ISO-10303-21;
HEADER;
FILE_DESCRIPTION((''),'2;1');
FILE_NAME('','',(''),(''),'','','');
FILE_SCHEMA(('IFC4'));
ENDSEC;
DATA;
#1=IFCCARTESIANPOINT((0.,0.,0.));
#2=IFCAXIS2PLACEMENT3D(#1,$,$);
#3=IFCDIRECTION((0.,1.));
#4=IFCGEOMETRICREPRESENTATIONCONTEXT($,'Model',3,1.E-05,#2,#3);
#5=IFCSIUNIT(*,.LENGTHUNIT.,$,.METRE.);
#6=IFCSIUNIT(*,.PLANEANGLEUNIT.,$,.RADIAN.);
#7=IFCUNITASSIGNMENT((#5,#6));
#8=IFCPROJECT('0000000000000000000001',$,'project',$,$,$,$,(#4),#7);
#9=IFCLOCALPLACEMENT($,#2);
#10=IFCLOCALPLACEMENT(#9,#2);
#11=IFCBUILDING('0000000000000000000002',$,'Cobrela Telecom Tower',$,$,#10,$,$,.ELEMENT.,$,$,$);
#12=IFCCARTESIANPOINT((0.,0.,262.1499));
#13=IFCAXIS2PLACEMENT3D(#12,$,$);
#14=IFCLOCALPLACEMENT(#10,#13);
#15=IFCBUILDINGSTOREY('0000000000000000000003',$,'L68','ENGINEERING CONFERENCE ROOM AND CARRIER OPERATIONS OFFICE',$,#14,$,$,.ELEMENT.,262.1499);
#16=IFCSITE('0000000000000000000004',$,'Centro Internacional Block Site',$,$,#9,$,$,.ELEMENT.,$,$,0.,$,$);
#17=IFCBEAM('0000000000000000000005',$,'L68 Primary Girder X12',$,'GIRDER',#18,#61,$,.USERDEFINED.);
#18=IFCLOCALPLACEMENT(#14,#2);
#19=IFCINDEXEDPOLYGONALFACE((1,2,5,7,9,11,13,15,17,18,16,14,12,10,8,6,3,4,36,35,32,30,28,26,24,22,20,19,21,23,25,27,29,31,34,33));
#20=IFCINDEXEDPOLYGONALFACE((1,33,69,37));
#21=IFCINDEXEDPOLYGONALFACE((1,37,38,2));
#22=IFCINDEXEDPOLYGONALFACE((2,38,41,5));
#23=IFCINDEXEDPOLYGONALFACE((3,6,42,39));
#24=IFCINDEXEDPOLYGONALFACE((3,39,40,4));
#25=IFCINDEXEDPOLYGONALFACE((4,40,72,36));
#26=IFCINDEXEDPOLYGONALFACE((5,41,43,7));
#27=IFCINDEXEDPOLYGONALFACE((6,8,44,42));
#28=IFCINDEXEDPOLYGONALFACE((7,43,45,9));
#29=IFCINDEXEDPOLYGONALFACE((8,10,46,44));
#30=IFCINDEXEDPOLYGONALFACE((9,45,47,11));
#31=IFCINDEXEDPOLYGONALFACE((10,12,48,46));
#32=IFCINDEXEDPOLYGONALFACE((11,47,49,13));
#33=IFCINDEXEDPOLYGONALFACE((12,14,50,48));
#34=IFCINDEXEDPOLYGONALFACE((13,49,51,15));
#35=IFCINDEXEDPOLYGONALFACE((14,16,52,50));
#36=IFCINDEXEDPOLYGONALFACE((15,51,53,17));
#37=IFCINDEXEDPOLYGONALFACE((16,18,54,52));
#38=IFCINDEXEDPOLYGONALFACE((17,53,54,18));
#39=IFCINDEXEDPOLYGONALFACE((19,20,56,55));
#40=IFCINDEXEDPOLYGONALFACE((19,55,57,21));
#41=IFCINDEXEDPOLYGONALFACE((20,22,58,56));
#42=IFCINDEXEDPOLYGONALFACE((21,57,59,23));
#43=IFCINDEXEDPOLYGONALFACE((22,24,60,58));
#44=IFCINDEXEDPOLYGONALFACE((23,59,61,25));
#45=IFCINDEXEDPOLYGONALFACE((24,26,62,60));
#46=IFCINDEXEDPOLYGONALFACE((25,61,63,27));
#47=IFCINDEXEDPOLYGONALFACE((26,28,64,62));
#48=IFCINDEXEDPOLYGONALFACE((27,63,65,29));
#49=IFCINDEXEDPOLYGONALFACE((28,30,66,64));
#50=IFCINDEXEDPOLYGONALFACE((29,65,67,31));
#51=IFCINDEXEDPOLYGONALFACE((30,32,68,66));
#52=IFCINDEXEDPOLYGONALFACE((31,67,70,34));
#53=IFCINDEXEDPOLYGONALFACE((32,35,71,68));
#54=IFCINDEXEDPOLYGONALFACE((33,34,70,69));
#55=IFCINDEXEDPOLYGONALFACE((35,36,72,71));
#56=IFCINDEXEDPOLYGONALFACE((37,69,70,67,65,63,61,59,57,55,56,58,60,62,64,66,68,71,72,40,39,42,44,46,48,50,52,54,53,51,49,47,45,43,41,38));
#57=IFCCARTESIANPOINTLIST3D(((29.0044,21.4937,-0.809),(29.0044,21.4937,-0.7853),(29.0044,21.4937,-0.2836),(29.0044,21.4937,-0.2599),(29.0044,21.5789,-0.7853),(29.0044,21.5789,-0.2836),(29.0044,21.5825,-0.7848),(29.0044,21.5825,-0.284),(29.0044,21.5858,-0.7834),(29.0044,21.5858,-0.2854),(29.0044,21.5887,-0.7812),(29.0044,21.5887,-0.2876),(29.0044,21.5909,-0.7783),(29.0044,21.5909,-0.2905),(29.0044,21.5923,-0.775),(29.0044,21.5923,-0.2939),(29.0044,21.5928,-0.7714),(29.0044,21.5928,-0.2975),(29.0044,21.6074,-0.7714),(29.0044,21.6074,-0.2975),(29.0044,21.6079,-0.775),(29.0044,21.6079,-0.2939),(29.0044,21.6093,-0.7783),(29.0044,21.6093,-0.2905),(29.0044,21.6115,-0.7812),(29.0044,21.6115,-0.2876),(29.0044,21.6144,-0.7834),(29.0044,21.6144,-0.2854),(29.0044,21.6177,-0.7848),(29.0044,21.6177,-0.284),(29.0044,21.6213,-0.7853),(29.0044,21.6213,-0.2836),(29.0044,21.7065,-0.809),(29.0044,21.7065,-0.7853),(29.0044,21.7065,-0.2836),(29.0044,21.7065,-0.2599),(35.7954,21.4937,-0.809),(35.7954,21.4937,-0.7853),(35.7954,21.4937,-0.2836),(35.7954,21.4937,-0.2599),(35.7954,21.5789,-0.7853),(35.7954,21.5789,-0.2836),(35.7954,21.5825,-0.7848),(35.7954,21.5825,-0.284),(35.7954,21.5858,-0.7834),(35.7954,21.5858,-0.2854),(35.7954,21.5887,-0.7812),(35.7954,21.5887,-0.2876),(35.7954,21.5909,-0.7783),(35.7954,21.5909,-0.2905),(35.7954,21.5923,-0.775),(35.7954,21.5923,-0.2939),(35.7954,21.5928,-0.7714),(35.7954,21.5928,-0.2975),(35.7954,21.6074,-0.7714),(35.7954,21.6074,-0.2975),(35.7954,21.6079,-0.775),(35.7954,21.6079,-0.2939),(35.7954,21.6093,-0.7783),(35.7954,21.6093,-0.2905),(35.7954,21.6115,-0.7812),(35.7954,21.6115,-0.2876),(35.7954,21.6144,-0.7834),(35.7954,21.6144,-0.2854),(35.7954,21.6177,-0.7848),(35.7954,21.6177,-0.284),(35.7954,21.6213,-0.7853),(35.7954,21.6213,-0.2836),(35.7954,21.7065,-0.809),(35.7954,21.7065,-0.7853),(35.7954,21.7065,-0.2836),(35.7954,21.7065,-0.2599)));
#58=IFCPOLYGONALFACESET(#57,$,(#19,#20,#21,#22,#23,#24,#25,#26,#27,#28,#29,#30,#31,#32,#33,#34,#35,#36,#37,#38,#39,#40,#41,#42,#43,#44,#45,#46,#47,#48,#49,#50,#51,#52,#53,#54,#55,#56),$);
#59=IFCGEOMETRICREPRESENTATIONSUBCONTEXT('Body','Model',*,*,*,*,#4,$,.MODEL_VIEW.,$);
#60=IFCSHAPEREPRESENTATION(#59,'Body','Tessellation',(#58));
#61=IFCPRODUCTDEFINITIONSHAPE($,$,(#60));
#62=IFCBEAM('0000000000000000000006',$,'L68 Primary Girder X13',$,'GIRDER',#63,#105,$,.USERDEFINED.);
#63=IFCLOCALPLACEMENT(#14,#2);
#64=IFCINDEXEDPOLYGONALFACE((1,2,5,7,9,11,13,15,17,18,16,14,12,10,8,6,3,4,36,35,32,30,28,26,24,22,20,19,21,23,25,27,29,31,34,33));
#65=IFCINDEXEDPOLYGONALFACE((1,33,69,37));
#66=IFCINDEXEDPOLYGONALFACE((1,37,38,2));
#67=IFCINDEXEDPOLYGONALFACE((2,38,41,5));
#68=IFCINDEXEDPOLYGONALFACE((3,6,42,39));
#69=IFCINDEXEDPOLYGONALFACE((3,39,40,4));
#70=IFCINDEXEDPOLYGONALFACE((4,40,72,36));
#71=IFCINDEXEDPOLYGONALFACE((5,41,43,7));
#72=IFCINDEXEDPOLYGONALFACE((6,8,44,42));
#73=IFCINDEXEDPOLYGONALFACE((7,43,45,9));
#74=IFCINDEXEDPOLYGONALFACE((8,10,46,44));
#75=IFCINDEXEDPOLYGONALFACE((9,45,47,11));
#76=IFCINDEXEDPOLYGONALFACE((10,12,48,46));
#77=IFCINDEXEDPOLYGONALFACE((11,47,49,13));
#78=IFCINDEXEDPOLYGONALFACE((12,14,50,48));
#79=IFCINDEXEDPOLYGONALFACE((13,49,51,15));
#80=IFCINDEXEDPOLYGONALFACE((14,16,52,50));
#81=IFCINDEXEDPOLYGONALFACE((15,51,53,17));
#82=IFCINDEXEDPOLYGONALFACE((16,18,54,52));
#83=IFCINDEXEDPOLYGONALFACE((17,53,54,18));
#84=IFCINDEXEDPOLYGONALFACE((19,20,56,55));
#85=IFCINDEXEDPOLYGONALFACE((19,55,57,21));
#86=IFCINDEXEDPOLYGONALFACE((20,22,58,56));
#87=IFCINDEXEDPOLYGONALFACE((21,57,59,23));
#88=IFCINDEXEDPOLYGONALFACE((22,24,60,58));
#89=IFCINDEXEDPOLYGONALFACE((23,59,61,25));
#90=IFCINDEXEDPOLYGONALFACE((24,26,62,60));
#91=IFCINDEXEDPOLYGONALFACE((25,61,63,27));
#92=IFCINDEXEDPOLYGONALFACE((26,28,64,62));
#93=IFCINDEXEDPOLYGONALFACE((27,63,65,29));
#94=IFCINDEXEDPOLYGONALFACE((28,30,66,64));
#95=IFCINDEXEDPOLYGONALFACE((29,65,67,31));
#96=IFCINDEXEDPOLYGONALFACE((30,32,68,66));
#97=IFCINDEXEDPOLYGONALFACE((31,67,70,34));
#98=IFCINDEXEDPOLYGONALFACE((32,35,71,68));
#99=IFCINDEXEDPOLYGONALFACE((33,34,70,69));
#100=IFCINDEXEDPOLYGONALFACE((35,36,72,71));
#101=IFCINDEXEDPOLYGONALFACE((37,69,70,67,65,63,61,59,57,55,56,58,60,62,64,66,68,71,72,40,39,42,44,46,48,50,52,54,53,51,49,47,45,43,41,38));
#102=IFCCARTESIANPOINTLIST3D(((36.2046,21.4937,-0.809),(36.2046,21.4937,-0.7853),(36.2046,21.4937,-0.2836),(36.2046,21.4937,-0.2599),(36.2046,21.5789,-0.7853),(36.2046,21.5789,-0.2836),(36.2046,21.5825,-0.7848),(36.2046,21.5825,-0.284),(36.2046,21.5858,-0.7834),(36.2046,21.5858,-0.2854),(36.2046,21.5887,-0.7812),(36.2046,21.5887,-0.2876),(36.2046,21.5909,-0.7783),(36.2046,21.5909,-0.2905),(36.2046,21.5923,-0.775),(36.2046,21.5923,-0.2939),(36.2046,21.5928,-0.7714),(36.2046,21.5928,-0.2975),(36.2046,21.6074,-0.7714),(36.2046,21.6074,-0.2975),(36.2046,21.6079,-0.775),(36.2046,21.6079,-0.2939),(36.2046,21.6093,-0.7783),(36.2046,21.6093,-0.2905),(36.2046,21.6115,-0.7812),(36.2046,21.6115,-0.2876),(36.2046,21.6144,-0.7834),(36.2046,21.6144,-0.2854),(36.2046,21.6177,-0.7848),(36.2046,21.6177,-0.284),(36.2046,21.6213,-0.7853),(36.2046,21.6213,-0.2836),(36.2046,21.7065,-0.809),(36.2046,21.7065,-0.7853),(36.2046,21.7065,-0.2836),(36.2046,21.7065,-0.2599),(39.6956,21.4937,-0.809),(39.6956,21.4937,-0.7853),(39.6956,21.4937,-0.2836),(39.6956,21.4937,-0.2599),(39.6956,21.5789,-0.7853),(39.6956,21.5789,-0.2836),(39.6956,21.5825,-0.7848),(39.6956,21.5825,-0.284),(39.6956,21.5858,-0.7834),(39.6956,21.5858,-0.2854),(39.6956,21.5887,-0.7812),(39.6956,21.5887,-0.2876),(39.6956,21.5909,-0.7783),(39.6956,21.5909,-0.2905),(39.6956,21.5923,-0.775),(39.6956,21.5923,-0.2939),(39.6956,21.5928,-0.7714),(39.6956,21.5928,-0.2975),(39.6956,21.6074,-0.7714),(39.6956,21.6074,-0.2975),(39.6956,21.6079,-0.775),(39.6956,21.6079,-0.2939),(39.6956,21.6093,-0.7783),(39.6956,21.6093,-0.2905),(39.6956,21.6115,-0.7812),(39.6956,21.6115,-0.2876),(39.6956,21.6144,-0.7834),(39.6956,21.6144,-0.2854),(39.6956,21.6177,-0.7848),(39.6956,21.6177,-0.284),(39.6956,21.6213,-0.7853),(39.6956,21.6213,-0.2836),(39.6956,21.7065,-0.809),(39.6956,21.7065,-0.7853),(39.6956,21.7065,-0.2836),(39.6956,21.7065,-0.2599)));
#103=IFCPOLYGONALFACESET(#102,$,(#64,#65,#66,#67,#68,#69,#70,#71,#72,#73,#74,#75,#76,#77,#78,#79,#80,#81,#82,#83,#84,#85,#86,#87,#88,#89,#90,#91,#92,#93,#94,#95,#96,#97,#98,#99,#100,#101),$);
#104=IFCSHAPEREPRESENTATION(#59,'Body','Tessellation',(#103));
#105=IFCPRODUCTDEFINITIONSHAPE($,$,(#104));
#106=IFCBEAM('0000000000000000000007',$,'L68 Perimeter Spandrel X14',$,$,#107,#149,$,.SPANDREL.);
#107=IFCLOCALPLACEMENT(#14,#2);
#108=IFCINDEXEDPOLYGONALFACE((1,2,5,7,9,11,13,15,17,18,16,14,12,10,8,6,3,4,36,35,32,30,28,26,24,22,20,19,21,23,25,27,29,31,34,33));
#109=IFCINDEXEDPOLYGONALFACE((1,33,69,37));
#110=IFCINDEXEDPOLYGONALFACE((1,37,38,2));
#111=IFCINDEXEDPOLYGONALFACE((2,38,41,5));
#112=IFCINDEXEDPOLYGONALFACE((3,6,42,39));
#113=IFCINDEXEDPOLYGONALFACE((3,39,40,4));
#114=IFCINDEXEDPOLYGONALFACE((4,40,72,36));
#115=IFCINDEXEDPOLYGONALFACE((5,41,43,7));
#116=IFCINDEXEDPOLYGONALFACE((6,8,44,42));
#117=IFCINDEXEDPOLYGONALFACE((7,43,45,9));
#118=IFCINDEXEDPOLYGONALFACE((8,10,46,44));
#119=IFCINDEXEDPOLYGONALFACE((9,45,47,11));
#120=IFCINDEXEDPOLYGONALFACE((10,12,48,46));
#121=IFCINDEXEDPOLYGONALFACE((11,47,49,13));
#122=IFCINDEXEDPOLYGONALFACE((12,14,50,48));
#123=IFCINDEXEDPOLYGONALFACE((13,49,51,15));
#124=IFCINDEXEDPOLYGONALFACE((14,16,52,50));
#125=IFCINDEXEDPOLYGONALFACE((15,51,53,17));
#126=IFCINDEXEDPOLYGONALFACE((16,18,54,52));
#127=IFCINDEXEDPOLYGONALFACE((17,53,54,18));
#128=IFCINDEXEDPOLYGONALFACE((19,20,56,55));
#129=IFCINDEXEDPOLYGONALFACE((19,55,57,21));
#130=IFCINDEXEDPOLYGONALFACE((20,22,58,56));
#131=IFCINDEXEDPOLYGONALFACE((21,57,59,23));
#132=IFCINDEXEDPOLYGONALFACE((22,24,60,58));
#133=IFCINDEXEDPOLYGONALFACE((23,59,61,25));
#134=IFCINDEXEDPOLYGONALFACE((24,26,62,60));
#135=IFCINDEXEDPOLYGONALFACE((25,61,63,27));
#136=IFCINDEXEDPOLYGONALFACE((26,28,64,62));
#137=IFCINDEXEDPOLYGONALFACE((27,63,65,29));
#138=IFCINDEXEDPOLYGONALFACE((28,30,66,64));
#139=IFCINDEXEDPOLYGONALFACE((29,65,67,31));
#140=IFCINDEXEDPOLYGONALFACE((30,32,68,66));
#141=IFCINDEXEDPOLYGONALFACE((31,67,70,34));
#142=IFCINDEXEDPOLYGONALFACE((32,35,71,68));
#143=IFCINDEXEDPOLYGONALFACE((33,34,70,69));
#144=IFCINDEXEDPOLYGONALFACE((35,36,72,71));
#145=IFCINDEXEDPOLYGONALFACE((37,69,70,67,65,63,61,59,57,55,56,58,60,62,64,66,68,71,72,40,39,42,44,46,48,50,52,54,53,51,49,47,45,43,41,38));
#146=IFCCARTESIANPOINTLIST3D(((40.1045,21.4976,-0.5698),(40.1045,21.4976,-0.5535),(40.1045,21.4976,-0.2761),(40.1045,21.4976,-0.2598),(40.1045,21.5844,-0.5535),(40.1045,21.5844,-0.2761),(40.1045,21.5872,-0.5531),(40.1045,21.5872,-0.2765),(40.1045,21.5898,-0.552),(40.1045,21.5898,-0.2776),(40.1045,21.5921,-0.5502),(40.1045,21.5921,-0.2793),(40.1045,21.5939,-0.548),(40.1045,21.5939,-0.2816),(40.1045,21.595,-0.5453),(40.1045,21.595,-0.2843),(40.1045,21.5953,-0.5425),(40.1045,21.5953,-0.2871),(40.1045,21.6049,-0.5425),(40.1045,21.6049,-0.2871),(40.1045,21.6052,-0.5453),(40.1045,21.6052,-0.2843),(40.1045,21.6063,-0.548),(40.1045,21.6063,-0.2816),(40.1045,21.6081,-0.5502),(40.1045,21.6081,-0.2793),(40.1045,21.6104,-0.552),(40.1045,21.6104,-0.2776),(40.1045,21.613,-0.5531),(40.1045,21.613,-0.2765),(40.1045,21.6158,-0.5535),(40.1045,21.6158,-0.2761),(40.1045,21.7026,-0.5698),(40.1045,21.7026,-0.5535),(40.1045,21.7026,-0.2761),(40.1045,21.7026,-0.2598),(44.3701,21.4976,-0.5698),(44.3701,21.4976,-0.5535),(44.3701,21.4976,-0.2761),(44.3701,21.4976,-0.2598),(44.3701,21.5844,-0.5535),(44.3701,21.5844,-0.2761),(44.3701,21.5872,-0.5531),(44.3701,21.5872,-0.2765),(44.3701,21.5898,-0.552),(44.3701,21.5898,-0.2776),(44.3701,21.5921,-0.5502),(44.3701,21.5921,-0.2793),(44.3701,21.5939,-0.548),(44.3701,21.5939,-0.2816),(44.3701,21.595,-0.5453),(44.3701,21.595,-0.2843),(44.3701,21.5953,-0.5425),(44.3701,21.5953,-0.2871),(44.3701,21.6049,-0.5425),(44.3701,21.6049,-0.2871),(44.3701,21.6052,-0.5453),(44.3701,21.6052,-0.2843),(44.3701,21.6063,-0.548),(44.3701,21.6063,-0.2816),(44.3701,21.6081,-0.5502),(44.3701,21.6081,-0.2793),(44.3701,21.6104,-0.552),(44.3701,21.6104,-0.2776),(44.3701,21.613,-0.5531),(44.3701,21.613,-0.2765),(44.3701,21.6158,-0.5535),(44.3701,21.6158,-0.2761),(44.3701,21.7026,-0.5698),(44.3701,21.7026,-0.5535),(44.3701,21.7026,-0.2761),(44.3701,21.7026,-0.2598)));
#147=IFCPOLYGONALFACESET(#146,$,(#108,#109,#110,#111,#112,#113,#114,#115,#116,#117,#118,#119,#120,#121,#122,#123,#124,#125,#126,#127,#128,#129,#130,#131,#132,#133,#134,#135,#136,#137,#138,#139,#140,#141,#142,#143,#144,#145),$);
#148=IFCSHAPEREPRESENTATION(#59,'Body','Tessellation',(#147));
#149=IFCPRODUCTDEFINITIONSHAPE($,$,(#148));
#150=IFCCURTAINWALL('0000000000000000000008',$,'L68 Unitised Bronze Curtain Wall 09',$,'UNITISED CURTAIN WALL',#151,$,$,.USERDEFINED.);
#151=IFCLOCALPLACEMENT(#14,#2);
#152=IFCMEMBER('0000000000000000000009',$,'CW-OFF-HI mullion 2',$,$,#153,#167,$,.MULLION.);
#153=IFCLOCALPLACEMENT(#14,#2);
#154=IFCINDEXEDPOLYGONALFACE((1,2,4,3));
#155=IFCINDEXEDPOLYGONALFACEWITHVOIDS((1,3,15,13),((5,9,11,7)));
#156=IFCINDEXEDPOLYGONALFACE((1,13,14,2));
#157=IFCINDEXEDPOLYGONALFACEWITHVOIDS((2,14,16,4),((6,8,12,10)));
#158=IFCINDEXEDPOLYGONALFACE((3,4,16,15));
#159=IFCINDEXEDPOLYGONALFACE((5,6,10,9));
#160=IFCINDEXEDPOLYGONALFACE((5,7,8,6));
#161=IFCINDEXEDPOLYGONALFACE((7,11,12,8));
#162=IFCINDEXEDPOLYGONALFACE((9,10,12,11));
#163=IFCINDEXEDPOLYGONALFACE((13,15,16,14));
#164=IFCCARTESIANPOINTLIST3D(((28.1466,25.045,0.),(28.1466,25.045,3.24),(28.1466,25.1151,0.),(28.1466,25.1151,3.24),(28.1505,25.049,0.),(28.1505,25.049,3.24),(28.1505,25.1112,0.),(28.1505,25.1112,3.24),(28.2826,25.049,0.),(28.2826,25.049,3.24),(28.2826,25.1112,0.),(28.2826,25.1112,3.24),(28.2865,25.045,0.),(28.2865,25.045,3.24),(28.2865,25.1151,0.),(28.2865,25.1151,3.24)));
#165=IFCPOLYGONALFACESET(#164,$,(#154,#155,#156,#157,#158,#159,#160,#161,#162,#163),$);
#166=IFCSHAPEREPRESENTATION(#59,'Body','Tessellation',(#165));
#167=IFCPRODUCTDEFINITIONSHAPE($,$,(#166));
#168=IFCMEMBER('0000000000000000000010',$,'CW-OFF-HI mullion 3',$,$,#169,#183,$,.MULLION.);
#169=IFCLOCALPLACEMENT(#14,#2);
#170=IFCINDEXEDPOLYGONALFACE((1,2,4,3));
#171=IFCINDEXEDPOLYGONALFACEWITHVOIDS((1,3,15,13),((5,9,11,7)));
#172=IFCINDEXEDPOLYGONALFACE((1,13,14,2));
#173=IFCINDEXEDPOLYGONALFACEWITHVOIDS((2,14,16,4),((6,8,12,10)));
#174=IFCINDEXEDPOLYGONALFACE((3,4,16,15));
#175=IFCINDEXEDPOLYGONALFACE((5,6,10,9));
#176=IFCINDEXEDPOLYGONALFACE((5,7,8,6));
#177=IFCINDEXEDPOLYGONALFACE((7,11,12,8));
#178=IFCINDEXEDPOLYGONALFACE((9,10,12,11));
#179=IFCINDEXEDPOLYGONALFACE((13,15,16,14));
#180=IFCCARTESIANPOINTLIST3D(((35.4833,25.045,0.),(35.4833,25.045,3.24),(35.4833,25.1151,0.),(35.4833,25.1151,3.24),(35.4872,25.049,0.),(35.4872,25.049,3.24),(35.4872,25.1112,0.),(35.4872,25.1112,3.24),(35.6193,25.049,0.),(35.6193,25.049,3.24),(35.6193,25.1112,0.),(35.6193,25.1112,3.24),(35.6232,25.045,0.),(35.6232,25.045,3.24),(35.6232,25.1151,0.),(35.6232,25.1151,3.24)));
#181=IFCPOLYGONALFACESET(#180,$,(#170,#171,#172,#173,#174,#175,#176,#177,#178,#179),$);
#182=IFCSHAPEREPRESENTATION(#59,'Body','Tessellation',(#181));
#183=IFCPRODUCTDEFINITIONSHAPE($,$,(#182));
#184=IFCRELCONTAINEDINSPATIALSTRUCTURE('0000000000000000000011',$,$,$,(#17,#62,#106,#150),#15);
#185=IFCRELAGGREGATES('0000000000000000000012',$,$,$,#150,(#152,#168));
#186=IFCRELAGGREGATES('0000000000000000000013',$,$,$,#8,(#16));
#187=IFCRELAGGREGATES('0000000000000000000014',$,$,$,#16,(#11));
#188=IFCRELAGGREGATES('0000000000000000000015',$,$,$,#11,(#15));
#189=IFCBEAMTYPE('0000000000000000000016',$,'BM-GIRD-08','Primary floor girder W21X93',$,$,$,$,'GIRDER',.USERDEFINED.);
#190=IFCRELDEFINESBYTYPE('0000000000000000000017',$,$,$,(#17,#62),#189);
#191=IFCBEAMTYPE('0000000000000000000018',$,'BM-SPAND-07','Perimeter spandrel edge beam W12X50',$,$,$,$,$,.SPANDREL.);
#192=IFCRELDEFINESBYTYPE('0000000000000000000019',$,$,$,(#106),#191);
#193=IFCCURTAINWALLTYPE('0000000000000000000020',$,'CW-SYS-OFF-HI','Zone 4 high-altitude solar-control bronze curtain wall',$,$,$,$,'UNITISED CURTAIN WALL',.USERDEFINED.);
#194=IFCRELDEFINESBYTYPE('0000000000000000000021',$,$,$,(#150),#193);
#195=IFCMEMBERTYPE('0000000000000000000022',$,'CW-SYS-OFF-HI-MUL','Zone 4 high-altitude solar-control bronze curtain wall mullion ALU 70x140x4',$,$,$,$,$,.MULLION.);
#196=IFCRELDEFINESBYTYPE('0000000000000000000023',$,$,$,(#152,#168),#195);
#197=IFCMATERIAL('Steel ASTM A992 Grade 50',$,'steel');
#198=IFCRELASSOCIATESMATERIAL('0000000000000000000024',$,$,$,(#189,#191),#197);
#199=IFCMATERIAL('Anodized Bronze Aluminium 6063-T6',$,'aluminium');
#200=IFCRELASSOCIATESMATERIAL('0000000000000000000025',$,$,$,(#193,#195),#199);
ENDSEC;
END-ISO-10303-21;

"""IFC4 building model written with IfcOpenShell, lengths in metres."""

from ifc_helpers import new_model, si_unit, direction, frame, origin, origin_2d, place, context, subcontext, project, spatial, hollow_rectangle, i_section, extrude, material, material_profile, profile_set, type_object, element, aggregate, save


model = new_model("IFC4")

# Units and contexts
model_context = context("Model", 3, precision=1e-05, world=origin(), true_north=direction((0.0, 1.0)))
body_context = subcontext(model_context, "Body", "Model", "MODEL_VIEW")
ifc_project = project(units=[si_unit("LENGTHUNIT", "METRE"), si_unit("PLANEANGLEUNIT", "RADIAN")], contexts=[model_context])

# Site, building, storey
site_placement = place(None, origin())
site = spatial("IfcSite", under=ifc_project, at=site_placement, Name="Centro Internacional Block Site", CompositionType="ELEMENT", RefElevation=0.0)
building_placement = place(site_placement, origin())
building = spatial("IfcBuilding", under=site, at=building_placement, Name="Cobrela Telecom Tower", CompositionType="ELEMENT")
storey_placement = place(building_placement, frame((0.0, 0.0, 262.1499)))
storey = spatial("IfcBuildingStorey", under=building, at=storey_placement, Name="L68", Description="ENGINEERING CONFERENCE ROOM AND CARRIER OPERATIONS OFFICE", CompositionType="ELEMENT", Elevation=262.1499)

# Shared definitions
ifc_material_1 = material(Name="Steel ASTM A992 Grade 50", Category="steel")

# Beams
ifc_material_profile_1 = material_profile(ifc_material_1, i_section(OverallWidth=0.2129, OverallDepth=0.5491, WebThickness=0.0146, FlangeThickness=0.0237, FilletRadius=0.0139, at=origin_2d()), Name="W21X93")
ifc_profile_set_1 = profile_set([ifc_material_profile_1], Name="Steel ASTM A992 Grade 50")
beam_type_1 = type_object("IfcBeamType", Name="BM-GIRD-08", Description="Primary floor girder W21X93", ElementType="GIRDER", PredefinedType="USERDEFINED", material=ifc_profile_set_1)
beam_1_placement = place(storey_placement, frame((29.0044, 21.6001, -0.5344), z_axis=(1.0, 0.0, 0.0), x_axis=(0.0, 1.0, 0.0)))
element("IfcBeam", 1, at=beam_1_placement, inside=storey, type_object=beam_type_1, Name="L68 Primary Girder X12", ObjectType="GIRDER", PredefinedType="USERDEFINED", context=body_context, shape_type="SweptSolid", body=[
    extrude(i_section(OverallWidth=0.2129, OverallDepth=0.5491, WebThickness=0.0146, FlangeThickness=0.0237, FilletRadius=0.0139, at=origin_2d()), origin(), (0.0, 0.0, 1.0), 6.791),
])
beam_2_placement = place(storey_placement, frame((36.2046, 21.6001, -0.5344), z_axis=(1.0, 0.0, 0.0), x_axis=(0.0, 1.0, 0.0)))
element("IfcBeam", 2, at=beam_2_placement, inside=storey, type_object=beam_type_1, Name="L68 Primary Girder X13", ObjectType="GIRDER", PredefinedType="USERDEFINED", context=body_context, shape_type="SweptSolid", body=[
    extrude(i_section(OverallWidth=0.2129, OverallDepth=0.5491, WebThickness=0.0146, FlangeThickness=0.0237, FilletRadius=0.0139, at=origin_2d()), origin(), (0.0, 0.0, 1.0), 3.491),
])
ifc_material_profile_2 = material_profile(ifc_material_1, i_section(OverallWidth=0.2051, OverallDepth=0.3101, WebThickness=0.0095, FlangeThickness=0.0164, FilletRadius=0.011, at=origin_2d()), Name="W12X50")
ifc_profile_set_2 = profile_set([ifc_material_profile_2], Name="Steel ASTM A992 Grade 50")
beam_type_2 = type_object("IfcBeamType", Name="BM-SPAND-07", Description="Perimeter spandrel edge beam W12X50", PredefinedType="SPANDREL", material=ifc_profile_set_2)
beam_3_placement = place(storey_placement, frame((40.1045, 21.6001, -0.4148), z_axis=(1.0, 0.0, 0.0), x_axis=(0.0, 1.0, 0.0)))
element("IfcBeam", 3, at=beam_3_placement, inside=storey, type_object=beam_type_2, Name="L68 Perimeter Spandrel X14", PredefinedType="SPANDREL", context=body_context, shape_type="SweptSolid", body=[
    extrude(i_section(OverallWidth=0.2051, OverallDepth=0.3101, WebThickness=0.0095, FlangeThickness=0.0164, FilletRadius=0.011, at=origin_2d()), origin(), (0.0, 0.0, 1.0), 4.2656),
])

# Curtain wall, members
ifc_material_2 = material(Name="Anodized Bronze Aluminium 6063-T6", Category="aluminium")
curtain_wall_type = type_object("IfcCurtainWallType", Name="CW-SYS-OFF-HI", Description="Zone 4 high-altitude solar-control bronze curtain wall", ElementType="UNITISED CURTAIN WALL", PredefinedType="USERDEFINED", material=ifc_material_2)
curtain_wall_1_placement = place(storey_placement, origin())
curtain_wall_1 = element("IfcCurtainWall", 4, at=curtain_wall_1_placement, inside=storey, type_object=curtain_wall_type, Name="L68 Unitised Bronze Curtain Wall 09", ObjectType="UNITISED CURTAIN WALL", PredefinedType="USERDEFINED")
ifc_material_profile_3 = material_profile(ifc_material_2, hollow_rectangle(XDim=0.0701, YDim=0.1399, WallThickness=0.0039, at=origin_2d()), Name="ALU 70x140x4")
ifc_profile_set_3 = profile_set([ifc_material_profile_3], Name="Anodized Bronze Aluminium 6063-T6")
member_type_1 = type_object("IfcMemberType", Name="CW-SYS-OFF-HI-MUL", Description="Zone 4 high-altitude solar-control bronze curtain wall mullion ALU 70x140x4", PredefinedType="MULLION", material=ifc_profile_set_3)
member_1_placement = place(storey_placement, frame((28.2166, 25.0801, 0.0), z_axis=(0.0, 0.0, 1.0), x_axis=(0.0, 1.0, 0.0)))
member_1 = element("IfcMember", 5, at=member_1_placement, type_object=member_type_1, Name="CW-OFF-HI mullion 2", PredefinedType="MULLION", context=body_context, shape_type="SweptSolid", body=[
    extrude(hollow_rectangle(XDim=0.0701, YDim=0.1399, WallThickness=0.0039, at=origin_2d()), origin(), (0.0, 0.0, 1.0), 3.24),
])
member_2_placement = place(storey_placement, frame((35.5532, 25.0801, 0.0), z_axis=(0.0, 0.0, 1.0), x_axis=(0.0, 1.0, 0.0)))
member_2 = element("IfcMember", 6, at=member_2_placement, type_object=member_type_1, Name="CW-OFF-HI mullion 3", PredefinedType="MULLION", context=body_context, shape_type="SweptSolid", body=[
    extrude(hollow_rectangle(XDim=0.0701, YDim=0.1399, WallThickness=0.0039, at=origin_2d()), origin(), (0.0, 0.0, 1.0), 3.24),
])

aggregate(curtain_wall_1, [member_1, member_2])

save(model, "model.ifc")
